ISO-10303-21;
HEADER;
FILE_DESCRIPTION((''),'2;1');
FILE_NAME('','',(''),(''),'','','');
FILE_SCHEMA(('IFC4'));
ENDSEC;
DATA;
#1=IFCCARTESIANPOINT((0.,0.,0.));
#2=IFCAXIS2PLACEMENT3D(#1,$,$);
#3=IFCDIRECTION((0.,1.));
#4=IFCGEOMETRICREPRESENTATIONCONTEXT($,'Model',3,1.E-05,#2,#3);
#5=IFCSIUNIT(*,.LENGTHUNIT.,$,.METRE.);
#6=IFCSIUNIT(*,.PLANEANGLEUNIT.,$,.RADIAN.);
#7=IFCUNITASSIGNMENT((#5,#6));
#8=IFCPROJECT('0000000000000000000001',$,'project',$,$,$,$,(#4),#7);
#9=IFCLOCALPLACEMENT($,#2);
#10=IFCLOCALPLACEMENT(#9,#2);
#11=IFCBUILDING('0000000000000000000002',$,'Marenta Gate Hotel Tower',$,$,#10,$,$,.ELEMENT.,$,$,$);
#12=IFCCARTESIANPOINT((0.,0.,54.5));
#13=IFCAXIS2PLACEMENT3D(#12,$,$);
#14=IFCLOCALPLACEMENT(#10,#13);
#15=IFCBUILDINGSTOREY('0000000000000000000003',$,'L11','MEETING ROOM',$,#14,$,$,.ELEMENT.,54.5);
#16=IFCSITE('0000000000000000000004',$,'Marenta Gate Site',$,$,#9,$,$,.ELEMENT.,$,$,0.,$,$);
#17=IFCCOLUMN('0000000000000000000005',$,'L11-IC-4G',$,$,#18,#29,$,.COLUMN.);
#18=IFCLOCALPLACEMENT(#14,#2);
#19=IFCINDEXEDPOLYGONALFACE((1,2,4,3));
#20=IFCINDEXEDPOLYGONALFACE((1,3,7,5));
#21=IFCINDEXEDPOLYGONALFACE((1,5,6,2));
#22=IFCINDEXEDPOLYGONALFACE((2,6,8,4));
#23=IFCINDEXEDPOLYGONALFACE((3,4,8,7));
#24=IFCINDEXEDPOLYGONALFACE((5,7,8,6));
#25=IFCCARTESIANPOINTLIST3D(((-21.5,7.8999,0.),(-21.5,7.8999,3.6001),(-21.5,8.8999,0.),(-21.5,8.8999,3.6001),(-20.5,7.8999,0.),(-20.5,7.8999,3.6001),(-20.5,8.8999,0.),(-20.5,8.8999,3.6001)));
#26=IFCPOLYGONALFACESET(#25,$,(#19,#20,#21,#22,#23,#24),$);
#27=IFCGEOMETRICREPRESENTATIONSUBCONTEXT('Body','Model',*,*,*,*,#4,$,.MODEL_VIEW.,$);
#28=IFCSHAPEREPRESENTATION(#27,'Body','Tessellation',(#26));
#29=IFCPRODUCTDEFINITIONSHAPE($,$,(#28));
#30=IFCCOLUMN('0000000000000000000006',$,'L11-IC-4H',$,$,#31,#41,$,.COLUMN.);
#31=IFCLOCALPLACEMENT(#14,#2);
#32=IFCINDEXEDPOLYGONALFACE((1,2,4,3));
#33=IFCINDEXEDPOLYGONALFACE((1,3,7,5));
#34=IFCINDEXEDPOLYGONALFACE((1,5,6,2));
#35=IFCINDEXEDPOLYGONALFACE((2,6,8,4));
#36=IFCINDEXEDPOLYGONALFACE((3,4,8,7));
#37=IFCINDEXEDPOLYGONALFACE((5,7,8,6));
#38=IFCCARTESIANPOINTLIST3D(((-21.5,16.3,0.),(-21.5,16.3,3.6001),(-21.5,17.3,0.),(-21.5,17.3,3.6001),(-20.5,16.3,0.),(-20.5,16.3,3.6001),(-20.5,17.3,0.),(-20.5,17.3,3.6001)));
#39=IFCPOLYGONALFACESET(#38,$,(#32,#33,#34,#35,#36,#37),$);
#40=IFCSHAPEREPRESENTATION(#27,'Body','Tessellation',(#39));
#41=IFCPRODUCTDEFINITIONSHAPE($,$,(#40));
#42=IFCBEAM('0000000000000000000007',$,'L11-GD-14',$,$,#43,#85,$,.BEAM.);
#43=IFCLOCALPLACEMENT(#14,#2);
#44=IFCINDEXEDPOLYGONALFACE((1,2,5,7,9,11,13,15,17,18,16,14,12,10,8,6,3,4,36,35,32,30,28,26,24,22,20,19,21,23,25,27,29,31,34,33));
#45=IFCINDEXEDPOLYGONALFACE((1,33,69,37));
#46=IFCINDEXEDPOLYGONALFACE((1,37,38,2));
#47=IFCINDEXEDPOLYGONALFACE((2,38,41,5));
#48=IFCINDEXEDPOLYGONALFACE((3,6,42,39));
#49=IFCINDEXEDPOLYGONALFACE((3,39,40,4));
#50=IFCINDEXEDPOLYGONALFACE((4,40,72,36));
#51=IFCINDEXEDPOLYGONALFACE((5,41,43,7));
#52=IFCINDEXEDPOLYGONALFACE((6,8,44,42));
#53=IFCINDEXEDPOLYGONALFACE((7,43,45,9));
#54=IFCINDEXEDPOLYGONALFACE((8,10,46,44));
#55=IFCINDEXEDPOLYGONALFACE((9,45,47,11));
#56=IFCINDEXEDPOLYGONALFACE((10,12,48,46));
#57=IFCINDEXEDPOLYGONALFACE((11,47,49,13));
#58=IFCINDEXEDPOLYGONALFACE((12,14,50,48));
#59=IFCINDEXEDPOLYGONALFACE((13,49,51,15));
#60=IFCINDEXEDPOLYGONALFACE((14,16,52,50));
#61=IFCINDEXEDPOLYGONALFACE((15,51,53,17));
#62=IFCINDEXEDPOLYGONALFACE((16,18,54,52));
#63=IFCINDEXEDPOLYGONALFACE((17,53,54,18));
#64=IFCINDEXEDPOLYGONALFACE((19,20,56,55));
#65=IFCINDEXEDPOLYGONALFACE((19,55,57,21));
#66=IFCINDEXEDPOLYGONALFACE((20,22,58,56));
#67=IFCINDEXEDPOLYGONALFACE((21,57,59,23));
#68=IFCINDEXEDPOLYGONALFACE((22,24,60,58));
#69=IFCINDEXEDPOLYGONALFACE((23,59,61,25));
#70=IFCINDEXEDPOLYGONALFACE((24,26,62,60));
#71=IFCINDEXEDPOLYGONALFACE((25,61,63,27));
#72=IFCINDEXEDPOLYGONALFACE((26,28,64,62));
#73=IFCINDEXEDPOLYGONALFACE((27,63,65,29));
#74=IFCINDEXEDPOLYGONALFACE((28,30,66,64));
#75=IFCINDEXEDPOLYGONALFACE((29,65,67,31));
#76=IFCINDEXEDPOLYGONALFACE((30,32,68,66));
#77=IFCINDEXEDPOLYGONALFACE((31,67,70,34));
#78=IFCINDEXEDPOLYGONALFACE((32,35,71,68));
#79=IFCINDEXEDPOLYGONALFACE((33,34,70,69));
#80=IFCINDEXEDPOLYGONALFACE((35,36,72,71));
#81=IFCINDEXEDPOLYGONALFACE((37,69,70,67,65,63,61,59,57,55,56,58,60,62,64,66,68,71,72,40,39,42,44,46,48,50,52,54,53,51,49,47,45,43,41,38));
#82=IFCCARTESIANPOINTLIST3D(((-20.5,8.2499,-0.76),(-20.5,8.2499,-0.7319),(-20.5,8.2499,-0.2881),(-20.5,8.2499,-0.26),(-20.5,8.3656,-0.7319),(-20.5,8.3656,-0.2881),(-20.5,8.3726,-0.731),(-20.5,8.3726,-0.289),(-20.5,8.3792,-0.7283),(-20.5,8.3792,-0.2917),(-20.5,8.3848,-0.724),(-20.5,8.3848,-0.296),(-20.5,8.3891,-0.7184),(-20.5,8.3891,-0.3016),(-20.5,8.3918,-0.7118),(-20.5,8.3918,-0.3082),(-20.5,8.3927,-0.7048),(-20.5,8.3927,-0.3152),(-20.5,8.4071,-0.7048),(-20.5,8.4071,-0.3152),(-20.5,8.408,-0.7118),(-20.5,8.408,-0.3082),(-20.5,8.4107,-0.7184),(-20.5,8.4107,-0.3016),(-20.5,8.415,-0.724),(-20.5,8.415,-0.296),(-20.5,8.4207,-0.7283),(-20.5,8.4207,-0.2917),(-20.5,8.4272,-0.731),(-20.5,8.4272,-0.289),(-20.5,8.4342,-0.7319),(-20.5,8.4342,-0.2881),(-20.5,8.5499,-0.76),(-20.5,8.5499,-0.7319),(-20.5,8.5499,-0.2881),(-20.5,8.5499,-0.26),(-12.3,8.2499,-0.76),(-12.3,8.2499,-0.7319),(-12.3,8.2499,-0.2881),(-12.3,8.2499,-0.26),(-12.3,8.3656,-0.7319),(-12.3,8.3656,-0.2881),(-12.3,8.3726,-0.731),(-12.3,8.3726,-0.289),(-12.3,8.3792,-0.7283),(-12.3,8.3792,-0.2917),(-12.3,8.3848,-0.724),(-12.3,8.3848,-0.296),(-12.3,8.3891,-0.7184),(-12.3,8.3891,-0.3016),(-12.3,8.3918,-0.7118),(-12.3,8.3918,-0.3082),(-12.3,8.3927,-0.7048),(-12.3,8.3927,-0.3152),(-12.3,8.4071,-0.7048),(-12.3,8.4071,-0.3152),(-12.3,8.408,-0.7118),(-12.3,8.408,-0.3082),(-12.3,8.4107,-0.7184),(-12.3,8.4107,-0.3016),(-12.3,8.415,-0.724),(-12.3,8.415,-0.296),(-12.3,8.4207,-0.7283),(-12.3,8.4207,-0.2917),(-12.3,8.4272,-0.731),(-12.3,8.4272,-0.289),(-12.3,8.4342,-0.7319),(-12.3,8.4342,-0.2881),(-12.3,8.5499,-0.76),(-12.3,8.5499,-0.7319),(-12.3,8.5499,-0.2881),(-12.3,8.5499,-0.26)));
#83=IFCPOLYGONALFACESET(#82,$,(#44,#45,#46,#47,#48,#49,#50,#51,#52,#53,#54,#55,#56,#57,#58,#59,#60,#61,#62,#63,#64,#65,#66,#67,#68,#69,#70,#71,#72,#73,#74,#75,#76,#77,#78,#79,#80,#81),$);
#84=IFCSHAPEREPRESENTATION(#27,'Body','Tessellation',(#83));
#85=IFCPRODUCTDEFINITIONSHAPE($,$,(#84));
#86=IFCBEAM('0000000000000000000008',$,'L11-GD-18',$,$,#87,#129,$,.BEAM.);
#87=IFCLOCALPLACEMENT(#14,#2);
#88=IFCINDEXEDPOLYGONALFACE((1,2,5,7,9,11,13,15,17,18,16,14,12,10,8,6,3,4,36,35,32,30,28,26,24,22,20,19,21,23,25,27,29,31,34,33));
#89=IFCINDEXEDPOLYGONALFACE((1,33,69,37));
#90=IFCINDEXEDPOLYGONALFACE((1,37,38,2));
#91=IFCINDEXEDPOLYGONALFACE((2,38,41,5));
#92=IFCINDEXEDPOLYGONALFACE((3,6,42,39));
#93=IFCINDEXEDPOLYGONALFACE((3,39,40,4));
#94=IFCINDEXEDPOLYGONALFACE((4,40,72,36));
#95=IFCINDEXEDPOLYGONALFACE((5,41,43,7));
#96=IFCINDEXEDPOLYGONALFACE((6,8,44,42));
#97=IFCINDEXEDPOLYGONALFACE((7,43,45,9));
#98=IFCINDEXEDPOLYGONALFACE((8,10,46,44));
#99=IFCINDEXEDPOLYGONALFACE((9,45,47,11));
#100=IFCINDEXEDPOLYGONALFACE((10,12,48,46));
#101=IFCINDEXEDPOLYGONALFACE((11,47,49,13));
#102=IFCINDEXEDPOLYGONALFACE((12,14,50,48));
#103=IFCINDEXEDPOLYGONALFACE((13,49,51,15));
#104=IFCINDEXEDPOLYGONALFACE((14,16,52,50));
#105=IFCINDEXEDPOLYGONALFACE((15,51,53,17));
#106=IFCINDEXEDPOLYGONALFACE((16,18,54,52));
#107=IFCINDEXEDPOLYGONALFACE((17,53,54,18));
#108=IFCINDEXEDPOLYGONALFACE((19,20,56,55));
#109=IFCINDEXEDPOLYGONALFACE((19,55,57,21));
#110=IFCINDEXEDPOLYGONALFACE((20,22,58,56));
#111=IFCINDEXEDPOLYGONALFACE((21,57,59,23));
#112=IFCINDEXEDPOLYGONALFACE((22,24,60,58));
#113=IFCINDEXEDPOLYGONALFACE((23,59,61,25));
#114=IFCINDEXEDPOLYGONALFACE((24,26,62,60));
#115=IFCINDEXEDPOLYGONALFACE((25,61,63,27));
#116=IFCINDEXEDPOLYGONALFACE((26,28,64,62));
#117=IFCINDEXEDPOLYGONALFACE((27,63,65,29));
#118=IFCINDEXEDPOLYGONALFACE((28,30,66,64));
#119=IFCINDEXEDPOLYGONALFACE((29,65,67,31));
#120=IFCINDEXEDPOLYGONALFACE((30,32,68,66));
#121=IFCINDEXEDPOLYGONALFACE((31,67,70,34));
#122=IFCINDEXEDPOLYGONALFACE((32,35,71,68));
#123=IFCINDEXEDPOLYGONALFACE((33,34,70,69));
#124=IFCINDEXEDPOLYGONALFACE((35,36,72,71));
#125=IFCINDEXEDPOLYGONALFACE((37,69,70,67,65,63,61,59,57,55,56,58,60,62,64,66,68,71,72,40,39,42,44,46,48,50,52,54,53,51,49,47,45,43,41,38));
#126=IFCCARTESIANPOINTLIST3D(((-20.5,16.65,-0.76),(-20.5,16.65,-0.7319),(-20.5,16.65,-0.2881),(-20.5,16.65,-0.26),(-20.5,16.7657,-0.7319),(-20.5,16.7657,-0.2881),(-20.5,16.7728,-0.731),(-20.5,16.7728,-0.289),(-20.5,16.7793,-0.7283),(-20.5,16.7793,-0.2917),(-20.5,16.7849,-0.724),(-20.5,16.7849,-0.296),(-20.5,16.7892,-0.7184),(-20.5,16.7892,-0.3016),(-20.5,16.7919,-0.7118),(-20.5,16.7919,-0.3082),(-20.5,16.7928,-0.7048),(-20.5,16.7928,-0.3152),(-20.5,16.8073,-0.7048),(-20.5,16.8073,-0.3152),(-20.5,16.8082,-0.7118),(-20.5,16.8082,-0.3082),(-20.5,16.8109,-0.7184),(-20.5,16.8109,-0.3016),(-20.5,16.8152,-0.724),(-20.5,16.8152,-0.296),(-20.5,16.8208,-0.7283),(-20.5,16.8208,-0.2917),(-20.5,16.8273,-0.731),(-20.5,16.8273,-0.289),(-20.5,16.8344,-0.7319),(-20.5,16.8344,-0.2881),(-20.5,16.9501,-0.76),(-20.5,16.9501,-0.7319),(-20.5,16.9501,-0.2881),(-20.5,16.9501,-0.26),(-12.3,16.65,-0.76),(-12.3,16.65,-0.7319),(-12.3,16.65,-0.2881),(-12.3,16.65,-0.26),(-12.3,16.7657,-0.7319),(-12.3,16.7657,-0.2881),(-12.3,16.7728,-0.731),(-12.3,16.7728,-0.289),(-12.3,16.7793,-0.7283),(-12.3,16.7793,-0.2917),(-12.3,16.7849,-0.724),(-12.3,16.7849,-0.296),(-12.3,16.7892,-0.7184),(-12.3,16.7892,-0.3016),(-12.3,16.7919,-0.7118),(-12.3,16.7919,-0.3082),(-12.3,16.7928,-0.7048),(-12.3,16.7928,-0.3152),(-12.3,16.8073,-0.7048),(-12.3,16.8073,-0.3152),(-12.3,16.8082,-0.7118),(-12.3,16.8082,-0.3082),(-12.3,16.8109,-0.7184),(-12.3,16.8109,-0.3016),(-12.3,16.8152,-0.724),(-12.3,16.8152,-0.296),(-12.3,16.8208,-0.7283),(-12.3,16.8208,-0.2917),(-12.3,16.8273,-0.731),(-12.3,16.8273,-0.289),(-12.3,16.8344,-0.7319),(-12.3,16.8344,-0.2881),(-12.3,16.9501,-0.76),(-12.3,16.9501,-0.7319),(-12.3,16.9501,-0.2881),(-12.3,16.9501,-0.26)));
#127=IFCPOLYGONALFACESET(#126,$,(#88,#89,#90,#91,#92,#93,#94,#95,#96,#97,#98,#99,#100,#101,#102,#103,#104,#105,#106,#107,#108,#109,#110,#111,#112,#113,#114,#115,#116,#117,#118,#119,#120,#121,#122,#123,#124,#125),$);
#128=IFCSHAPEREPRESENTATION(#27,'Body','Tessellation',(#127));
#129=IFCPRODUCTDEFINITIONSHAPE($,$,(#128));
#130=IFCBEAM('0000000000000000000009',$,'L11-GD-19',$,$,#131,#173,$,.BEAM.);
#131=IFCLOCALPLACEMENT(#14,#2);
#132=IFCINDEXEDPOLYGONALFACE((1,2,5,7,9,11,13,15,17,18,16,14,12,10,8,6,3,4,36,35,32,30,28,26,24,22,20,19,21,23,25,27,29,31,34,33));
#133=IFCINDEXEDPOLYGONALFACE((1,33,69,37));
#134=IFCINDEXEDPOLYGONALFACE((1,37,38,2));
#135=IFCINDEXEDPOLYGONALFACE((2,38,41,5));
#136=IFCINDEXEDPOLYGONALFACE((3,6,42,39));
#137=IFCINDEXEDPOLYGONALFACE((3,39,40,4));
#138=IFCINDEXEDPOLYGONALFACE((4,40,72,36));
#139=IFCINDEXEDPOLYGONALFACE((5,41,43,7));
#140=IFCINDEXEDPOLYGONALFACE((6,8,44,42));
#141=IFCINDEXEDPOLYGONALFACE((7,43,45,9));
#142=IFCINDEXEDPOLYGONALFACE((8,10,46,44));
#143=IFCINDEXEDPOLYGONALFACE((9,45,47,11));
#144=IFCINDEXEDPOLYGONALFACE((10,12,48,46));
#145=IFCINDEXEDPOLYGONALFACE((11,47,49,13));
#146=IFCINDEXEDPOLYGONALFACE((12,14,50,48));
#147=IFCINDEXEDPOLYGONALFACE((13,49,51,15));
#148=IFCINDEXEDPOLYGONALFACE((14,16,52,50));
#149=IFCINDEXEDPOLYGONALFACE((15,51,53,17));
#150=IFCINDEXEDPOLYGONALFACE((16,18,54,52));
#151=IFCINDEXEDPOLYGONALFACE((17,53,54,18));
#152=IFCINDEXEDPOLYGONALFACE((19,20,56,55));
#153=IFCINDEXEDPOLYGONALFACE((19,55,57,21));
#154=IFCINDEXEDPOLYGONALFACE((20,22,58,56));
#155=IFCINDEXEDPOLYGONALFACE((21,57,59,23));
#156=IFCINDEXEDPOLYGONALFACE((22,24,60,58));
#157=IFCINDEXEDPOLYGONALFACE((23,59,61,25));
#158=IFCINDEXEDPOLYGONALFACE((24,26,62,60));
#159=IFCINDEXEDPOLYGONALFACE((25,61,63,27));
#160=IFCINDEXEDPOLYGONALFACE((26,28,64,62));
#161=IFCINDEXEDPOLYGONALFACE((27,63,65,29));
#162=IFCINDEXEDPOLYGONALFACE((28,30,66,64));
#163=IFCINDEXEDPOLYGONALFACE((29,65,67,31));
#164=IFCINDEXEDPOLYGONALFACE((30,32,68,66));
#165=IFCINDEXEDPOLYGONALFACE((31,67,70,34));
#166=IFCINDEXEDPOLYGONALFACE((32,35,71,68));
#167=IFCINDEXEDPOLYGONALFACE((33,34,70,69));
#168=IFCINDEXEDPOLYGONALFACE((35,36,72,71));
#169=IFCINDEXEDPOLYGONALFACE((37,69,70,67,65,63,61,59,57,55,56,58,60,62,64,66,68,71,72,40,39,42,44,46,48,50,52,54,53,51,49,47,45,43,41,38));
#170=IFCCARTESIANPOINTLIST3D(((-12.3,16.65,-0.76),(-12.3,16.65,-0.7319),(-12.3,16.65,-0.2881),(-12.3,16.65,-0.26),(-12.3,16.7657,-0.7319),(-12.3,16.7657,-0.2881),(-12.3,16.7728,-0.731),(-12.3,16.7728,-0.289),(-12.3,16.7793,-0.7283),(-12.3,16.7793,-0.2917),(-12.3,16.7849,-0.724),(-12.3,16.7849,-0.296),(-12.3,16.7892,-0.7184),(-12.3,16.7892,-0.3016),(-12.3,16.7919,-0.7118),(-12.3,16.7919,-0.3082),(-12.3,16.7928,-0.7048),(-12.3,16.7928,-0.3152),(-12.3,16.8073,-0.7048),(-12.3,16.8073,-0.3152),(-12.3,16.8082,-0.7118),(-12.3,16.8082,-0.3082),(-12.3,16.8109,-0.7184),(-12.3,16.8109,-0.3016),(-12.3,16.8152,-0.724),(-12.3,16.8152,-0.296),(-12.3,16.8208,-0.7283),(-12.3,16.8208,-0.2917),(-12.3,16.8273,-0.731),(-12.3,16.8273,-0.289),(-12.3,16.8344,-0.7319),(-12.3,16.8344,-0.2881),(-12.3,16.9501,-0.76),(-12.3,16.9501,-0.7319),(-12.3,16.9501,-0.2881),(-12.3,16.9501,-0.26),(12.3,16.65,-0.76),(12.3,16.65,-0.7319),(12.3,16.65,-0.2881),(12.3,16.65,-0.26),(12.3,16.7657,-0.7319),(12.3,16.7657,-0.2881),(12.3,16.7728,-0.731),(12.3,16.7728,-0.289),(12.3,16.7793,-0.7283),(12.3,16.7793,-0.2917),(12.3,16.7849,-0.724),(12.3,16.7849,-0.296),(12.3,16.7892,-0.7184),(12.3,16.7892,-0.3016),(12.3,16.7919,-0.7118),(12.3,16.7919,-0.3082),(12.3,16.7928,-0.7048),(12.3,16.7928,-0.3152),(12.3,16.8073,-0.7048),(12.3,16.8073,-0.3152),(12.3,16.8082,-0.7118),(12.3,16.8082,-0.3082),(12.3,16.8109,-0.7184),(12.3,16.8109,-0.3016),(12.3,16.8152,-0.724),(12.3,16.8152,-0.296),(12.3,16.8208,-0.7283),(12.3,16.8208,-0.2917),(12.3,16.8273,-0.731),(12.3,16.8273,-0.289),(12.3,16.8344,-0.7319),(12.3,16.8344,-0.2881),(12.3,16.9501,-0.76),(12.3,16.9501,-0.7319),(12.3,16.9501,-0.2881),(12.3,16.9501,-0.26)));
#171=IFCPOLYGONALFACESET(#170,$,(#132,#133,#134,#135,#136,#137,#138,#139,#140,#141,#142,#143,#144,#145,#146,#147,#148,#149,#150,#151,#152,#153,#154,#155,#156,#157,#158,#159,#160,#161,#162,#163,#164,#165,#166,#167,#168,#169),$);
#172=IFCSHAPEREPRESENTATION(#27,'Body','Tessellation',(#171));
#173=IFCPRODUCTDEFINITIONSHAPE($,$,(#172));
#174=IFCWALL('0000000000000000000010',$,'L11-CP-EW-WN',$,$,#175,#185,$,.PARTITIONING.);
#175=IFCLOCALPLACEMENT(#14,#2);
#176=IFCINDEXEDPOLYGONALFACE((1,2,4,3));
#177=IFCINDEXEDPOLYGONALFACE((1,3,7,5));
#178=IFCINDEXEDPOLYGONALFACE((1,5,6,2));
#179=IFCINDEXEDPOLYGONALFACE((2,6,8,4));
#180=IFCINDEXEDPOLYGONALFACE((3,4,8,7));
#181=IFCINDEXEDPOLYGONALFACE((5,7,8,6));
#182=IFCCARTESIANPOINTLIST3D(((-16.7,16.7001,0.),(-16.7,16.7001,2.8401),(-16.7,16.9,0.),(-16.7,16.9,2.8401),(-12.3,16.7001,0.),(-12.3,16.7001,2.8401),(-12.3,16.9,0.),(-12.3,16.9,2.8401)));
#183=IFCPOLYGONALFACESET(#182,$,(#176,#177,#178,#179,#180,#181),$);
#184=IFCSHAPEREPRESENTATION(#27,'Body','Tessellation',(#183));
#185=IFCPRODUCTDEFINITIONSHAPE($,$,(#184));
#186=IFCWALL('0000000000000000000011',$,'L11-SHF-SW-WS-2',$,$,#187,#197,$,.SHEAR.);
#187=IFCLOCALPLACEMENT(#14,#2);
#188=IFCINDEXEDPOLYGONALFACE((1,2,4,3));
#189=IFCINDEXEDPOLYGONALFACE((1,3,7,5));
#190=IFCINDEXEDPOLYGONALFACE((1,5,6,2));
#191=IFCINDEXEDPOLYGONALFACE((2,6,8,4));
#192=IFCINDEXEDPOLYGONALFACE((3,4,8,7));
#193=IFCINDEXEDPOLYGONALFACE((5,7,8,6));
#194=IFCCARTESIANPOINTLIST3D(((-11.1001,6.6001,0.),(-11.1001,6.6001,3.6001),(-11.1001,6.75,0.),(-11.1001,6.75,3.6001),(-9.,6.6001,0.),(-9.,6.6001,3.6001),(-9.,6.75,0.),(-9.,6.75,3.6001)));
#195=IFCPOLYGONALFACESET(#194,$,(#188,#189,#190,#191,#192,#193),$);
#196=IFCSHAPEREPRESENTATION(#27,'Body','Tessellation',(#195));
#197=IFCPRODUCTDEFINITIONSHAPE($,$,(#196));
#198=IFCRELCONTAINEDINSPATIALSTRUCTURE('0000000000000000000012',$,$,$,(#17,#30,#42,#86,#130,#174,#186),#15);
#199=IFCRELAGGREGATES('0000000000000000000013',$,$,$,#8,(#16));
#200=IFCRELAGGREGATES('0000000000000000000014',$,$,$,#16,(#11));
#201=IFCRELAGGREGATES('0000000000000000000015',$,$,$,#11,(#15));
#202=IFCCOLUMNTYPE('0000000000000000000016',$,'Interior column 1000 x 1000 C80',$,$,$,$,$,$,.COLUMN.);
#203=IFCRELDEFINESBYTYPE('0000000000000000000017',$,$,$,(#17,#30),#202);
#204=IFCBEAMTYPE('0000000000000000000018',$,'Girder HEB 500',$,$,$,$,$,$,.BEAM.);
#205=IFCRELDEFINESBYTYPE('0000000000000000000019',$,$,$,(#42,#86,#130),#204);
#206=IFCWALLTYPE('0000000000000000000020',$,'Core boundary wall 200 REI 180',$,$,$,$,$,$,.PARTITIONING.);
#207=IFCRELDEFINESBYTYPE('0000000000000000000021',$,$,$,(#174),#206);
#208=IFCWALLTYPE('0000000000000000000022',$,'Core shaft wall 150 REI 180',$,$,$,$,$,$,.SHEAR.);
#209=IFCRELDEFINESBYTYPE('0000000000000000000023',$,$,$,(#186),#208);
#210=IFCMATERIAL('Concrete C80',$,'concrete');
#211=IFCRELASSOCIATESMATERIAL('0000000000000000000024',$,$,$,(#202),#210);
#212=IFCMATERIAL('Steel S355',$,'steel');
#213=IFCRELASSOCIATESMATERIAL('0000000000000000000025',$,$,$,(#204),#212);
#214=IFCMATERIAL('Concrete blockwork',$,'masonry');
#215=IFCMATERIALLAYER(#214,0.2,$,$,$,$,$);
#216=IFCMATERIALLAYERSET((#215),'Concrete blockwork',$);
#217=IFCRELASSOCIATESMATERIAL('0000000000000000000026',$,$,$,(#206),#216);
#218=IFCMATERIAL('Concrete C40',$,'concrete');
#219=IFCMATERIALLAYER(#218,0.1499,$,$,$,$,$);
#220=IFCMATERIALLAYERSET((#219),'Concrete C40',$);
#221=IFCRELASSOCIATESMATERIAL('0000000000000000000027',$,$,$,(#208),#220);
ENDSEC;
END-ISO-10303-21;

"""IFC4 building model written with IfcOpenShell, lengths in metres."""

from ifc_helpers import new_model, si_unit, direction, frame, frame_2d, origin, origin_2d, place, context, subcontext, project, spatial, rectangle, i_section, extrude, material, layer, layer_set, material_profile, profile_set, type_object, element, save


model = new_model("IFC4")

# Units and contexts
model_context = context("Model", 3, precision=1e-05, world=origin(), true_north=direction((0.0, 1.0)))
body_context = subcontext(model_context, "Body", "Model", "MODEL_VIEW")
ifc_project = project(units=[si_unit("LENGTHUNIT", "METRE"), si_unit("PLANEANGLEUNIT", "RADIAN")], contexts=[model_context])

# Site, building, storey
site_placement = place(None, origin())
site = spatial("IfcSite", under=ifc_project, at=site_placement, Name="Marenta Gate Site", CompositionType="ELEMENT", RefElevation=0.0)
building_placement = place(site_placement, origin())
building = spatial("IfcBuilding", under=site, at=building_placement, Name="Marenta Gate Hotel Tower", CompositionType="ELEMENT")
storey_placement = place(building_placement, frame((0.0, 0.0, 54.5)))
storey = spatial("IfcBuildingStorey", under=building, at=storey_placement, Name="L11", Description="MEETING ROOM", CompositionType="ELEMENT", Elevation=54.5)

# Columns
ifc_material_1 = material(Name="Concrete C80", Category="concrete")
ifc_material_profile_1 = material_profile(ifc_material_1, rectangle(XDim=1.0, YDim=1.0, at=origin_2d()), Name="1000 x 1000")
ifc_profile_set_1 = profile_set([ifc_material_profile_1], Name="Concrete C80")
column_type = type_object("IfcColumnType", Name="Interior column 1000 x 1000 C80", PredefinedType="COLUMN", material=ifc_profile_set_1)
for number, where, z_axis, x_axis, name in (
    (1, (-21.0, 8.3999, 0.0), (0.0, 0.0, 1.0), (1.0, 0.0, 0.0), "L11-IC-4G"),
    (2, (-21.0, 16.8, 0.0), (0.0, 0.0, 1.0), (1.0, 0.0, 0.0), "L11-IC-4H"),
):
    element("IfcColumn", number, at=place(storey_placement, frame(where, z_axis=z_axis, x_axis=x_axis)), inside=storey, type_object=column_type, Name=name, PredefinedType="COLUMN", context=body_context, shape_type="SweptSolid", body=[
        extrude(rectangle(XDim=1.0, YDim=1.0, at=origin_2d()), origin(), (0.0, 0.0, 1.0), 3.6001),
    ])

# Beams
ifc_material_2 = material(Name="Steel S355", Category="steel")
ifc_material_profile_2 = material_profile(ifc_material_2, i_section(OverallWidth=0.3, OverallDepth=0.5, WebThickness=0.0144, FlangeThickness=0.0281, FilletRadius=0.0271, at=origin_2d()), Name="HEB 500")
ifc_profile_set_2 = profile_set([ifc_material_profile_2], Name="Steel S355")
beam_type = type_object("IfcBeamType", Name="Girder HEB 500", PredefinedType="BEAM", material=ifc_profile_set_2)
for number, where, z_axis, x_axis, name in (
    (3, (-20.5, 8.3999, -0.51), (1.0, 0.0, 0.0), (0.0, 1.0, 0.0), "L11-GD-14"),
    (4, (-20.5, 16.8, -0.51), (1.0, 0.0, 0.0), (0.0, 1.0, 0.0), "L11-GD-18"),
):
    element("IfcBeam", number, at=place(storey_placement, frame(where, z_axis=z_axis, x_axis=x_axis)), inside=storey, type_object=beam_type, Name=name, PredefinedType="BEAM", context=body_context, shape_type="SweptSolid", body=[
        extrude(i_section(OverallWidth=0.3, OverallDepth=0.5, WebThickness=0.0144, FlangeThickness=0.0281, FilletRadius=0.0271, at=origin_2d()), origin(), (0.0, 0.0, 1.0), 8.2),
    ])
beam_placement = place(storey_placement, frame((-12.3, 16.8, -0.51), z_axis=(1.0, 0.0, 0.0), x_axis=(0.0, 1.0, 0.0)))
element("IfcBeam", 5, at=beam_placement, inside=storey, type_object=beam_type, Name="L11-GD-19", PredefinedType="BEAM", context=body_context, shape_type="SweptSolid", body=[
    extrude(i_section(OverallWidth=0.3, OverallDepth=0.5, WebThickness=0.0144, FlangeThickness=0.0281, FilletRadius=0.0271, at=origin_2d()), origin(), (0.0, 0.0, 1.0), 24.6001),
])

# Walls
ifc_material_3 = material(Name="Concrete blockwork", Category="masonry")
ifc_layer_1 = layer(ifc_material_3, 0.2)
ifc_layer_set_1 = layer_set([ifc_layer_1], Name="Concrete blockwork")
wall_type_1 = type_object("IfcWallType", Name="Core boundary wall 200 REI 180", PredefinedType="PARTITIONING", material=ifc_layer_set_1)
wall_1_placement = place(storey_placement, frame((-16.7, 16.8, 0.0), z_axis=(0.0, 0.0, 1.0), x_axis=(1.0, 0.0, 0.0)))
element("IfcWall", 6, at=wall_1_placement, inside=storey, type_object=wall_type_1, Name="L11-CP-EW-WN", PredefinedType="PARTITIONING", context=body_context, shape_type="SweptSolid", body=[
    extrude(rectangle(XDim=4.3999, YDim=0.2, at=frame_2d((2.2, 0.0))), origin(), (0.0, 0.0, 1.0), 2.8401),
])
ifc_material_4 = material(Name="Concrete C40", Category="concrete")
ifc_layer_2 = layer(ifc_material_4, 0.1499)
ifc_layer_set_2 = layer_set([ifc_layer_2], Name="Concrete C40")
wall_type_2 = type_object("IfcWallType", Name="Core shaft wall 150 REI 180", PredefinedType="SHEAR", material=ifc_layer_set_2)
wall_2_placement = place(storey_placement, frame((-11.1001, 6.675, 0.0), z_axis=(0.0, 0.0, 1.0), x_axis=(1.0, 0.0, 0.0)))
element("IfcWall", 7, at=wall_2_placement, inside=storey, type_object=wall_type_2, Name="L11-SHF-SW-WS-2", PredefinedType="SHEAR", context=body_context, shape_type="SweptSolid", body=[
    extrude(rectangle(XDim=2.1001, YDim=0.1499, at=frame_2d((1.05, 0.0))), origin(), (0.0, 0.0, 1.0), 3.6001),
])

save(model, "model.ifc")
